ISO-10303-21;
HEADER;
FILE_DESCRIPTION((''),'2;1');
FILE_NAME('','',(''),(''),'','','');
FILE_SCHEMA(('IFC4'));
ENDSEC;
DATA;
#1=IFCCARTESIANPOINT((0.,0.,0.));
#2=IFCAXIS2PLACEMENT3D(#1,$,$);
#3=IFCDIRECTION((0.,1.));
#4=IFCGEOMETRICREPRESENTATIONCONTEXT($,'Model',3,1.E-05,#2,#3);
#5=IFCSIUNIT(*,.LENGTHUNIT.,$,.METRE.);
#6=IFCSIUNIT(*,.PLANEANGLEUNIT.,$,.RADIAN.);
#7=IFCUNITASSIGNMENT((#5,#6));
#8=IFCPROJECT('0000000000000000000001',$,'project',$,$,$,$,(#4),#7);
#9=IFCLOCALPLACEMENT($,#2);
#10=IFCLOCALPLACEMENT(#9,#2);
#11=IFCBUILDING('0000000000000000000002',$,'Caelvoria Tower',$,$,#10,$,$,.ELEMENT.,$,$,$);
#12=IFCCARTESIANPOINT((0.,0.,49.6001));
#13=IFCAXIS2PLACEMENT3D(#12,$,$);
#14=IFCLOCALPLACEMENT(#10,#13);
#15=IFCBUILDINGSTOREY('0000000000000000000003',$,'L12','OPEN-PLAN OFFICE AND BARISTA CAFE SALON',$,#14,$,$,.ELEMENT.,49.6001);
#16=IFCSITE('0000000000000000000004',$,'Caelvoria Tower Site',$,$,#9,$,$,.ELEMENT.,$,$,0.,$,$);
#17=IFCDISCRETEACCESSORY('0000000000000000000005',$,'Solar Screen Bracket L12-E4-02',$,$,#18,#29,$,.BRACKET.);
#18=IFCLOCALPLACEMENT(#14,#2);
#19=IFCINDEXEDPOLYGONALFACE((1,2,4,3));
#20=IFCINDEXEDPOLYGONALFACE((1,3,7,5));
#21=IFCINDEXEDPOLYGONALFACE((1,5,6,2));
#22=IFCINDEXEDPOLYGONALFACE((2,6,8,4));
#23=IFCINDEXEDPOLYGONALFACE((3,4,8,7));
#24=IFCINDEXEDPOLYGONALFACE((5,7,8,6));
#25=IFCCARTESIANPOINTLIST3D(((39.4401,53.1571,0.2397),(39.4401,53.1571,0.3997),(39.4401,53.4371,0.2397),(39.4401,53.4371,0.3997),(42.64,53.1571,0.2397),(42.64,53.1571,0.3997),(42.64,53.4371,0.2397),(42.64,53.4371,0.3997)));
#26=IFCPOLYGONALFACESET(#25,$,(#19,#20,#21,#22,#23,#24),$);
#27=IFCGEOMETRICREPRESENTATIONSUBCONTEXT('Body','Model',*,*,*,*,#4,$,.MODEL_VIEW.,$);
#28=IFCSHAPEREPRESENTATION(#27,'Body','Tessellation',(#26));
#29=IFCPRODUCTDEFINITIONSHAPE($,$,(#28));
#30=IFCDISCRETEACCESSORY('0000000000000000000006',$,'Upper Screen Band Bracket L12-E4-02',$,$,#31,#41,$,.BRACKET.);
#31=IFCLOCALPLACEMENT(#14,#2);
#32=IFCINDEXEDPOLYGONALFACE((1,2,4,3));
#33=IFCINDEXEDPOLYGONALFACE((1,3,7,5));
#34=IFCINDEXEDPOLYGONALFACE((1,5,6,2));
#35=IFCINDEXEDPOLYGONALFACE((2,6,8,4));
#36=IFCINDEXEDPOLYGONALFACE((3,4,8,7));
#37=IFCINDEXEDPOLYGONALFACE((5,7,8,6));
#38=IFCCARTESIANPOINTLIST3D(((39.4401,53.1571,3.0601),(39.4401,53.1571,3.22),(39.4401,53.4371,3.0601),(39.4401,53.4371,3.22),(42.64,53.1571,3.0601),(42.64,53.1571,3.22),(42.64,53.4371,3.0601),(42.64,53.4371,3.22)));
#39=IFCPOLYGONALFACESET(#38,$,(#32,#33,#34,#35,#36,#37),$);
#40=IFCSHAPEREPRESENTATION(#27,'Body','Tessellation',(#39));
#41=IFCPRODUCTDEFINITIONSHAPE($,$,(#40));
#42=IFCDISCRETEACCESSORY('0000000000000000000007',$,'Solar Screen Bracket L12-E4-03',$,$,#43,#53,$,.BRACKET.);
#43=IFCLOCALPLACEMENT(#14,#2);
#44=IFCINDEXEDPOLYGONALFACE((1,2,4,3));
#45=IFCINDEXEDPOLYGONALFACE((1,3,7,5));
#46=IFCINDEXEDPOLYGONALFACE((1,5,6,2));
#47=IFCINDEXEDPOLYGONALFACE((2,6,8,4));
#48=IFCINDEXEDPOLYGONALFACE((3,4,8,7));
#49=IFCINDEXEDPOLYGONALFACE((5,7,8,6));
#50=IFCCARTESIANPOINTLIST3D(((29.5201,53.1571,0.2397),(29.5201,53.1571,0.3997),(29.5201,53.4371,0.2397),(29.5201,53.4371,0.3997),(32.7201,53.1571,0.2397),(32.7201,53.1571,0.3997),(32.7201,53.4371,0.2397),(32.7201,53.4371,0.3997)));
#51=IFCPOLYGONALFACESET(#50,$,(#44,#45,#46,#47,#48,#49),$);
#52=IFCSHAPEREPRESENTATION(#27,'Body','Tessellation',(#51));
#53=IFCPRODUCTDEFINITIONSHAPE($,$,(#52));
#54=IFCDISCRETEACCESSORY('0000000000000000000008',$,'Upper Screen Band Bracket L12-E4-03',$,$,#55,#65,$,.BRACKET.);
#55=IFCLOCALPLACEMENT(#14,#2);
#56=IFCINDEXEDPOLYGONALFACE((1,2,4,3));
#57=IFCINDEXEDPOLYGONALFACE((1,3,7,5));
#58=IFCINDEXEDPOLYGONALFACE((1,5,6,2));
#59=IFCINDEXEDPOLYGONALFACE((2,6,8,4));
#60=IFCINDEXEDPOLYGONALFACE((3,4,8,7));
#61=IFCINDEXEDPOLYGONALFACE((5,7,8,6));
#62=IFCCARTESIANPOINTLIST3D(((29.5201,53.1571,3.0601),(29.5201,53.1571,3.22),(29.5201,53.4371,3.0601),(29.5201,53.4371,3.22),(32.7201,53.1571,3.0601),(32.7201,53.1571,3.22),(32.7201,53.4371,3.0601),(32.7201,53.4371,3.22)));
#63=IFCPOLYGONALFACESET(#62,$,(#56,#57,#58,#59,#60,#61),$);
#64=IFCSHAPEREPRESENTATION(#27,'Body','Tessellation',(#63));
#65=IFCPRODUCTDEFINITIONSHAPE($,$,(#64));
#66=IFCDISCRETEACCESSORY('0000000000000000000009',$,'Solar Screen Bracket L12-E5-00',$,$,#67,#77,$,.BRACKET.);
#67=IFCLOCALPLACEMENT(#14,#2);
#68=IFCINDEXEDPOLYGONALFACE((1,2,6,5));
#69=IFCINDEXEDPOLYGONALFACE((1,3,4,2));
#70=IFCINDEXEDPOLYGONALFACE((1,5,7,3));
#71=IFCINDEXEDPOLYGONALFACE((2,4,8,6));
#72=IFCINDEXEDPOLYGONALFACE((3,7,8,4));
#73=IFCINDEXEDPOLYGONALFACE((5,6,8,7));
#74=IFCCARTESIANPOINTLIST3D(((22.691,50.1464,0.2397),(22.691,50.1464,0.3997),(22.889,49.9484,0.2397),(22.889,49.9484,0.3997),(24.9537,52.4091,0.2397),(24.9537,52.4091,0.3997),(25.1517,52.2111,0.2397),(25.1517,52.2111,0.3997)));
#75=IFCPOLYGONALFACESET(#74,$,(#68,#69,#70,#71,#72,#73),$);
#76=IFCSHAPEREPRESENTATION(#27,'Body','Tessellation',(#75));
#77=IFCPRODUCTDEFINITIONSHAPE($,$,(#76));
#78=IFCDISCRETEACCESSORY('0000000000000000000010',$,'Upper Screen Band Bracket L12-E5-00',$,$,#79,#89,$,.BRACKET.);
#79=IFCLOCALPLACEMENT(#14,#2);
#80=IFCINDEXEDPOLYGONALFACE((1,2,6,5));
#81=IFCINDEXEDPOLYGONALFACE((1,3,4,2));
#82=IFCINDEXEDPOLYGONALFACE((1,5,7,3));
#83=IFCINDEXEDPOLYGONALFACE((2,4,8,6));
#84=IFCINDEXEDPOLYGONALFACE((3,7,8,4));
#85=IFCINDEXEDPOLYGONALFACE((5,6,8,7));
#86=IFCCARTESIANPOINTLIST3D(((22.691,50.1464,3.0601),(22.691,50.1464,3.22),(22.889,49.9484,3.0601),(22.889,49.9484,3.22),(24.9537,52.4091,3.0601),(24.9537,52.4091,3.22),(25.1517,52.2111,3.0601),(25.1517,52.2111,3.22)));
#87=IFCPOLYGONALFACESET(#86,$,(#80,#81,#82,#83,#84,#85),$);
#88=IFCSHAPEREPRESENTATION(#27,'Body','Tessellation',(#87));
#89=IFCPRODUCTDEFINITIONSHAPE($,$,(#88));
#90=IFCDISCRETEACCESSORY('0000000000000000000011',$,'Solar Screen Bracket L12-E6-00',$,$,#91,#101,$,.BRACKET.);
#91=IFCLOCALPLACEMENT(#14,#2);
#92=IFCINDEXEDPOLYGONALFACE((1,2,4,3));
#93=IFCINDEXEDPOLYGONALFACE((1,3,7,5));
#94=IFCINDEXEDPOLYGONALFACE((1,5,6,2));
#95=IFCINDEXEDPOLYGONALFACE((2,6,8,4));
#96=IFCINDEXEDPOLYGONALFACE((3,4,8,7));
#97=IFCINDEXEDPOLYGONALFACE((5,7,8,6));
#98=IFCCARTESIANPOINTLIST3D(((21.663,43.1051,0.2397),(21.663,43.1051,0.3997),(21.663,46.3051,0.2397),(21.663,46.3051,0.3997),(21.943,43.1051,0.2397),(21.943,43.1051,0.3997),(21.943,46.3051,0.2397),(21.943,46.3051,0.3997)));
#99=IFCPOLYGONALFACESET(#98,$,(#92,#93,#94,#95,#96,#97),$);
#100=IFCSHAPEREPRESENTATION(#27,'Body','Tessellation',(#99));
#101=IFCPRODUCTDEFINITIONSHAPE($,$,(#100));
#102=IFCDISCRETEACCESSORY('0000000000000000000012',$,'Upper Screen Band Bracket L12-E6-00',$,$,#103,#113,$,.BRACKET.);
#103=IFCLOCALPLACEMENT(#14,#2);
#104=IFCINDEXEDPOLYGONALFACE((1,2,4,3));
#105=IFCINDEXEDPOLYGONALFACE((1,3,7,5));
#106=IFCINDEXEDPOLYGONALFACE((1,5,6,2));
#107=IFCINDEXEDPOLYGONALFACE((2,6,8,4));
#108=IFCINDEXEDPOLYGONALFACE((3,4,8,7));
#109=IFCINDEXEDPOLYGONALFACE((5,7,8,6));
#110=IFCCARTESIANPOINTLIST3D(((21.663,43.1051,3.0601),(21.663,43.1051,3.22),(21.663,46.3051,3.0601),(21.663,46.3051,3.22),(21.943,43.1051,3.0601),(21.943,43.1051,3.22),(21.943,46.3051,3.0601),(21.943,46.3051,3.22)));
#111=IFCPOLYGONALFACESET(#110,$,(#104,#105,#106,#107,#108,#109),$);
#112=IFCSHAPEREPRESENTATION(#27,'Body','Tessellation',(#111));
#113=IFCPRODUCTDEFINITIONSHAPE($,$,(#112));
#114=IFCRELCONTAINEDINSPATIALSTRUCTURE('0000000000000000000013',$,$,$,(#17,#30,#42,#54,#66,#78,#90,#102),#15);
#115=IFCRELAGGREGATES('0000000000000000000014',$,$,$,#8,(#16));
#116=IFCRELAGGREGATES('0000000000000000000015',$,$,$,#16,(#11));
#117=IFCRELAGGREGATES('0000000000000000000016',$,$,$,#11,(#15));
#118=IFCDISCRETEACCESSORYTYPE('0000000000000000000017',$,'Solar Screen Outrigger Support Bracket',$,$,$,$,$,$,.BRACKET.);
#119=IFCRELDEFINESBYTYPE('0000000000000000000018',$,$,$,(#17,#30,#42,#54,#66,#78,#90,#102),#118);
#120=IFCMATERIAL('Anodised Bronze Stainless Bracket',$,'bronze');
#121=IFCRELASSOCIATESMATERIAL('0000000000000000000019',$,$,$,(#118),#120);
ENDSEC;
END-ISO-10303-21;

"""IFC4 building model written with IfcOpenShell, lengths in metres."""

from ifc_helpers import new_model, si_unit, direction, frame, origin, origin_2d, place, context, subcontext, project, spatial, rectangle, extrude, material, type_object, element, save


model = new_model("IFC4")

# Units and contexts
model_context = context("Model", 3, precision=1e-05, world=origin(), true_north=direction((0.0, 1.0)))
body_context = subcontext(model_context, "Body", "Model", "MODEL_VIEW")
ifc_project = project(units=[si_unit("LENGTHUNIT", "METRE"), si_unit("PLANEANGLEUNIT", "RADIAN")], contexts=[model_context])

# Site, building, storey
site_placement = place(None, origin())
site = spatial("IfcSite", under=ifc_project, at=site_placement, Name="Caelvoria Tower Site", CompositionType="ELEMENT", RefElevation=0.0)
building_placement = place(site_placement, origin())
building = spatial("IfcBuilding", under=site, at=building_placement, Name="Caelvoria Tower", CompositionType="ELEMENT")
storey_placement = place(building_placement, frame((0.0, 0.0, 49.6001)))
storey = spatial("IfcBuildingStorey", under=building, at=storey_placement, Name="L12", Description="OPEN-PLAN OFFICE AND BARISTA CAFE SALON", CompositionType="ELEMENT", Elevation=49.6001)

# Discrete accessories
ifc_material_1 = material(Name="Anodised Bronze Stainless Bracket", Category="bronze")
discrete_accessory_type = type_object("IfcDiscreteAccessoryType", Name="Solar Screen Outrigger Support Bracket", PredefinedType="BRACKET", material=ifc_material_1)
for number, where, z_axis, x_axis, name in (
    (1, (41.04, 53.2971, 0.2397), (0.0, 0.0, 1.0), (-1.0, 0.0, 0.0), "Solar Screen Bracket L12-E4-02"),
    (2, (41.04, 53.2971, 3.0601), (0.0, 0.0, 1.0), (-1.0, 0.0, 0.0), "Upper Screen Band Bracket L12-E4-02"),
    (3, (31.1201, 53.2971, 0.2397), (0.0, 0.0, 1.0), (-1.0, 0.0, 0.0), "Solar Screen Bracket L12-E4-03"),
    (4, (31.1201, 53.2971, 3.0601), (0.0, 0.0, 1.0), (-1.0, 0.0, 0.0), "Upper Screen Band Bracket L12-E4-03"),
    (5, (23.9214, 51.1787, 0.2397), (0.0, 0.0, 1.0), (-0.707107, -0.707107, 0.0), "Solar Screen Bracket L12-E5-00"),
    (6, (23.9214, 51.1787, 3.0601), (0.0, 0.0, 1.0), (-0.707107, -0.707107, 0.0), "Upper Screen Band Bracket L12-E5-00"),
    (7, (21.803, 44.7051, 0.2397), (0.0, 0.0, 1.0), (0.0, -1.0, 0.0), "Solar Screen Bracket L12-E6-00"),
    (8, (21.803, 44.7051, 3.0601), (0.0, 0.0, 1.0), (0.0, -1.0, 0.0), "Upper Screen Band Bracket L12-E6-00"),
):
    element("IfcDiscreteAccessory", number, at=place(storey_placement, frame(where, z_axis=z_axis, x_axis=x_axis)), inside=storey, type_object=discrete_accessory_type, Name=name, PredefinedType="BRACKET", context=body_context, shape_type="SweptSolid", body=[
        extrude(rectangle(XDim=3.2, YDim=0.28, at=origin_2d()), origin(), (0.0, 0.0, 1.0), 0.1599),
    ])

save(model, "model.ifc")
